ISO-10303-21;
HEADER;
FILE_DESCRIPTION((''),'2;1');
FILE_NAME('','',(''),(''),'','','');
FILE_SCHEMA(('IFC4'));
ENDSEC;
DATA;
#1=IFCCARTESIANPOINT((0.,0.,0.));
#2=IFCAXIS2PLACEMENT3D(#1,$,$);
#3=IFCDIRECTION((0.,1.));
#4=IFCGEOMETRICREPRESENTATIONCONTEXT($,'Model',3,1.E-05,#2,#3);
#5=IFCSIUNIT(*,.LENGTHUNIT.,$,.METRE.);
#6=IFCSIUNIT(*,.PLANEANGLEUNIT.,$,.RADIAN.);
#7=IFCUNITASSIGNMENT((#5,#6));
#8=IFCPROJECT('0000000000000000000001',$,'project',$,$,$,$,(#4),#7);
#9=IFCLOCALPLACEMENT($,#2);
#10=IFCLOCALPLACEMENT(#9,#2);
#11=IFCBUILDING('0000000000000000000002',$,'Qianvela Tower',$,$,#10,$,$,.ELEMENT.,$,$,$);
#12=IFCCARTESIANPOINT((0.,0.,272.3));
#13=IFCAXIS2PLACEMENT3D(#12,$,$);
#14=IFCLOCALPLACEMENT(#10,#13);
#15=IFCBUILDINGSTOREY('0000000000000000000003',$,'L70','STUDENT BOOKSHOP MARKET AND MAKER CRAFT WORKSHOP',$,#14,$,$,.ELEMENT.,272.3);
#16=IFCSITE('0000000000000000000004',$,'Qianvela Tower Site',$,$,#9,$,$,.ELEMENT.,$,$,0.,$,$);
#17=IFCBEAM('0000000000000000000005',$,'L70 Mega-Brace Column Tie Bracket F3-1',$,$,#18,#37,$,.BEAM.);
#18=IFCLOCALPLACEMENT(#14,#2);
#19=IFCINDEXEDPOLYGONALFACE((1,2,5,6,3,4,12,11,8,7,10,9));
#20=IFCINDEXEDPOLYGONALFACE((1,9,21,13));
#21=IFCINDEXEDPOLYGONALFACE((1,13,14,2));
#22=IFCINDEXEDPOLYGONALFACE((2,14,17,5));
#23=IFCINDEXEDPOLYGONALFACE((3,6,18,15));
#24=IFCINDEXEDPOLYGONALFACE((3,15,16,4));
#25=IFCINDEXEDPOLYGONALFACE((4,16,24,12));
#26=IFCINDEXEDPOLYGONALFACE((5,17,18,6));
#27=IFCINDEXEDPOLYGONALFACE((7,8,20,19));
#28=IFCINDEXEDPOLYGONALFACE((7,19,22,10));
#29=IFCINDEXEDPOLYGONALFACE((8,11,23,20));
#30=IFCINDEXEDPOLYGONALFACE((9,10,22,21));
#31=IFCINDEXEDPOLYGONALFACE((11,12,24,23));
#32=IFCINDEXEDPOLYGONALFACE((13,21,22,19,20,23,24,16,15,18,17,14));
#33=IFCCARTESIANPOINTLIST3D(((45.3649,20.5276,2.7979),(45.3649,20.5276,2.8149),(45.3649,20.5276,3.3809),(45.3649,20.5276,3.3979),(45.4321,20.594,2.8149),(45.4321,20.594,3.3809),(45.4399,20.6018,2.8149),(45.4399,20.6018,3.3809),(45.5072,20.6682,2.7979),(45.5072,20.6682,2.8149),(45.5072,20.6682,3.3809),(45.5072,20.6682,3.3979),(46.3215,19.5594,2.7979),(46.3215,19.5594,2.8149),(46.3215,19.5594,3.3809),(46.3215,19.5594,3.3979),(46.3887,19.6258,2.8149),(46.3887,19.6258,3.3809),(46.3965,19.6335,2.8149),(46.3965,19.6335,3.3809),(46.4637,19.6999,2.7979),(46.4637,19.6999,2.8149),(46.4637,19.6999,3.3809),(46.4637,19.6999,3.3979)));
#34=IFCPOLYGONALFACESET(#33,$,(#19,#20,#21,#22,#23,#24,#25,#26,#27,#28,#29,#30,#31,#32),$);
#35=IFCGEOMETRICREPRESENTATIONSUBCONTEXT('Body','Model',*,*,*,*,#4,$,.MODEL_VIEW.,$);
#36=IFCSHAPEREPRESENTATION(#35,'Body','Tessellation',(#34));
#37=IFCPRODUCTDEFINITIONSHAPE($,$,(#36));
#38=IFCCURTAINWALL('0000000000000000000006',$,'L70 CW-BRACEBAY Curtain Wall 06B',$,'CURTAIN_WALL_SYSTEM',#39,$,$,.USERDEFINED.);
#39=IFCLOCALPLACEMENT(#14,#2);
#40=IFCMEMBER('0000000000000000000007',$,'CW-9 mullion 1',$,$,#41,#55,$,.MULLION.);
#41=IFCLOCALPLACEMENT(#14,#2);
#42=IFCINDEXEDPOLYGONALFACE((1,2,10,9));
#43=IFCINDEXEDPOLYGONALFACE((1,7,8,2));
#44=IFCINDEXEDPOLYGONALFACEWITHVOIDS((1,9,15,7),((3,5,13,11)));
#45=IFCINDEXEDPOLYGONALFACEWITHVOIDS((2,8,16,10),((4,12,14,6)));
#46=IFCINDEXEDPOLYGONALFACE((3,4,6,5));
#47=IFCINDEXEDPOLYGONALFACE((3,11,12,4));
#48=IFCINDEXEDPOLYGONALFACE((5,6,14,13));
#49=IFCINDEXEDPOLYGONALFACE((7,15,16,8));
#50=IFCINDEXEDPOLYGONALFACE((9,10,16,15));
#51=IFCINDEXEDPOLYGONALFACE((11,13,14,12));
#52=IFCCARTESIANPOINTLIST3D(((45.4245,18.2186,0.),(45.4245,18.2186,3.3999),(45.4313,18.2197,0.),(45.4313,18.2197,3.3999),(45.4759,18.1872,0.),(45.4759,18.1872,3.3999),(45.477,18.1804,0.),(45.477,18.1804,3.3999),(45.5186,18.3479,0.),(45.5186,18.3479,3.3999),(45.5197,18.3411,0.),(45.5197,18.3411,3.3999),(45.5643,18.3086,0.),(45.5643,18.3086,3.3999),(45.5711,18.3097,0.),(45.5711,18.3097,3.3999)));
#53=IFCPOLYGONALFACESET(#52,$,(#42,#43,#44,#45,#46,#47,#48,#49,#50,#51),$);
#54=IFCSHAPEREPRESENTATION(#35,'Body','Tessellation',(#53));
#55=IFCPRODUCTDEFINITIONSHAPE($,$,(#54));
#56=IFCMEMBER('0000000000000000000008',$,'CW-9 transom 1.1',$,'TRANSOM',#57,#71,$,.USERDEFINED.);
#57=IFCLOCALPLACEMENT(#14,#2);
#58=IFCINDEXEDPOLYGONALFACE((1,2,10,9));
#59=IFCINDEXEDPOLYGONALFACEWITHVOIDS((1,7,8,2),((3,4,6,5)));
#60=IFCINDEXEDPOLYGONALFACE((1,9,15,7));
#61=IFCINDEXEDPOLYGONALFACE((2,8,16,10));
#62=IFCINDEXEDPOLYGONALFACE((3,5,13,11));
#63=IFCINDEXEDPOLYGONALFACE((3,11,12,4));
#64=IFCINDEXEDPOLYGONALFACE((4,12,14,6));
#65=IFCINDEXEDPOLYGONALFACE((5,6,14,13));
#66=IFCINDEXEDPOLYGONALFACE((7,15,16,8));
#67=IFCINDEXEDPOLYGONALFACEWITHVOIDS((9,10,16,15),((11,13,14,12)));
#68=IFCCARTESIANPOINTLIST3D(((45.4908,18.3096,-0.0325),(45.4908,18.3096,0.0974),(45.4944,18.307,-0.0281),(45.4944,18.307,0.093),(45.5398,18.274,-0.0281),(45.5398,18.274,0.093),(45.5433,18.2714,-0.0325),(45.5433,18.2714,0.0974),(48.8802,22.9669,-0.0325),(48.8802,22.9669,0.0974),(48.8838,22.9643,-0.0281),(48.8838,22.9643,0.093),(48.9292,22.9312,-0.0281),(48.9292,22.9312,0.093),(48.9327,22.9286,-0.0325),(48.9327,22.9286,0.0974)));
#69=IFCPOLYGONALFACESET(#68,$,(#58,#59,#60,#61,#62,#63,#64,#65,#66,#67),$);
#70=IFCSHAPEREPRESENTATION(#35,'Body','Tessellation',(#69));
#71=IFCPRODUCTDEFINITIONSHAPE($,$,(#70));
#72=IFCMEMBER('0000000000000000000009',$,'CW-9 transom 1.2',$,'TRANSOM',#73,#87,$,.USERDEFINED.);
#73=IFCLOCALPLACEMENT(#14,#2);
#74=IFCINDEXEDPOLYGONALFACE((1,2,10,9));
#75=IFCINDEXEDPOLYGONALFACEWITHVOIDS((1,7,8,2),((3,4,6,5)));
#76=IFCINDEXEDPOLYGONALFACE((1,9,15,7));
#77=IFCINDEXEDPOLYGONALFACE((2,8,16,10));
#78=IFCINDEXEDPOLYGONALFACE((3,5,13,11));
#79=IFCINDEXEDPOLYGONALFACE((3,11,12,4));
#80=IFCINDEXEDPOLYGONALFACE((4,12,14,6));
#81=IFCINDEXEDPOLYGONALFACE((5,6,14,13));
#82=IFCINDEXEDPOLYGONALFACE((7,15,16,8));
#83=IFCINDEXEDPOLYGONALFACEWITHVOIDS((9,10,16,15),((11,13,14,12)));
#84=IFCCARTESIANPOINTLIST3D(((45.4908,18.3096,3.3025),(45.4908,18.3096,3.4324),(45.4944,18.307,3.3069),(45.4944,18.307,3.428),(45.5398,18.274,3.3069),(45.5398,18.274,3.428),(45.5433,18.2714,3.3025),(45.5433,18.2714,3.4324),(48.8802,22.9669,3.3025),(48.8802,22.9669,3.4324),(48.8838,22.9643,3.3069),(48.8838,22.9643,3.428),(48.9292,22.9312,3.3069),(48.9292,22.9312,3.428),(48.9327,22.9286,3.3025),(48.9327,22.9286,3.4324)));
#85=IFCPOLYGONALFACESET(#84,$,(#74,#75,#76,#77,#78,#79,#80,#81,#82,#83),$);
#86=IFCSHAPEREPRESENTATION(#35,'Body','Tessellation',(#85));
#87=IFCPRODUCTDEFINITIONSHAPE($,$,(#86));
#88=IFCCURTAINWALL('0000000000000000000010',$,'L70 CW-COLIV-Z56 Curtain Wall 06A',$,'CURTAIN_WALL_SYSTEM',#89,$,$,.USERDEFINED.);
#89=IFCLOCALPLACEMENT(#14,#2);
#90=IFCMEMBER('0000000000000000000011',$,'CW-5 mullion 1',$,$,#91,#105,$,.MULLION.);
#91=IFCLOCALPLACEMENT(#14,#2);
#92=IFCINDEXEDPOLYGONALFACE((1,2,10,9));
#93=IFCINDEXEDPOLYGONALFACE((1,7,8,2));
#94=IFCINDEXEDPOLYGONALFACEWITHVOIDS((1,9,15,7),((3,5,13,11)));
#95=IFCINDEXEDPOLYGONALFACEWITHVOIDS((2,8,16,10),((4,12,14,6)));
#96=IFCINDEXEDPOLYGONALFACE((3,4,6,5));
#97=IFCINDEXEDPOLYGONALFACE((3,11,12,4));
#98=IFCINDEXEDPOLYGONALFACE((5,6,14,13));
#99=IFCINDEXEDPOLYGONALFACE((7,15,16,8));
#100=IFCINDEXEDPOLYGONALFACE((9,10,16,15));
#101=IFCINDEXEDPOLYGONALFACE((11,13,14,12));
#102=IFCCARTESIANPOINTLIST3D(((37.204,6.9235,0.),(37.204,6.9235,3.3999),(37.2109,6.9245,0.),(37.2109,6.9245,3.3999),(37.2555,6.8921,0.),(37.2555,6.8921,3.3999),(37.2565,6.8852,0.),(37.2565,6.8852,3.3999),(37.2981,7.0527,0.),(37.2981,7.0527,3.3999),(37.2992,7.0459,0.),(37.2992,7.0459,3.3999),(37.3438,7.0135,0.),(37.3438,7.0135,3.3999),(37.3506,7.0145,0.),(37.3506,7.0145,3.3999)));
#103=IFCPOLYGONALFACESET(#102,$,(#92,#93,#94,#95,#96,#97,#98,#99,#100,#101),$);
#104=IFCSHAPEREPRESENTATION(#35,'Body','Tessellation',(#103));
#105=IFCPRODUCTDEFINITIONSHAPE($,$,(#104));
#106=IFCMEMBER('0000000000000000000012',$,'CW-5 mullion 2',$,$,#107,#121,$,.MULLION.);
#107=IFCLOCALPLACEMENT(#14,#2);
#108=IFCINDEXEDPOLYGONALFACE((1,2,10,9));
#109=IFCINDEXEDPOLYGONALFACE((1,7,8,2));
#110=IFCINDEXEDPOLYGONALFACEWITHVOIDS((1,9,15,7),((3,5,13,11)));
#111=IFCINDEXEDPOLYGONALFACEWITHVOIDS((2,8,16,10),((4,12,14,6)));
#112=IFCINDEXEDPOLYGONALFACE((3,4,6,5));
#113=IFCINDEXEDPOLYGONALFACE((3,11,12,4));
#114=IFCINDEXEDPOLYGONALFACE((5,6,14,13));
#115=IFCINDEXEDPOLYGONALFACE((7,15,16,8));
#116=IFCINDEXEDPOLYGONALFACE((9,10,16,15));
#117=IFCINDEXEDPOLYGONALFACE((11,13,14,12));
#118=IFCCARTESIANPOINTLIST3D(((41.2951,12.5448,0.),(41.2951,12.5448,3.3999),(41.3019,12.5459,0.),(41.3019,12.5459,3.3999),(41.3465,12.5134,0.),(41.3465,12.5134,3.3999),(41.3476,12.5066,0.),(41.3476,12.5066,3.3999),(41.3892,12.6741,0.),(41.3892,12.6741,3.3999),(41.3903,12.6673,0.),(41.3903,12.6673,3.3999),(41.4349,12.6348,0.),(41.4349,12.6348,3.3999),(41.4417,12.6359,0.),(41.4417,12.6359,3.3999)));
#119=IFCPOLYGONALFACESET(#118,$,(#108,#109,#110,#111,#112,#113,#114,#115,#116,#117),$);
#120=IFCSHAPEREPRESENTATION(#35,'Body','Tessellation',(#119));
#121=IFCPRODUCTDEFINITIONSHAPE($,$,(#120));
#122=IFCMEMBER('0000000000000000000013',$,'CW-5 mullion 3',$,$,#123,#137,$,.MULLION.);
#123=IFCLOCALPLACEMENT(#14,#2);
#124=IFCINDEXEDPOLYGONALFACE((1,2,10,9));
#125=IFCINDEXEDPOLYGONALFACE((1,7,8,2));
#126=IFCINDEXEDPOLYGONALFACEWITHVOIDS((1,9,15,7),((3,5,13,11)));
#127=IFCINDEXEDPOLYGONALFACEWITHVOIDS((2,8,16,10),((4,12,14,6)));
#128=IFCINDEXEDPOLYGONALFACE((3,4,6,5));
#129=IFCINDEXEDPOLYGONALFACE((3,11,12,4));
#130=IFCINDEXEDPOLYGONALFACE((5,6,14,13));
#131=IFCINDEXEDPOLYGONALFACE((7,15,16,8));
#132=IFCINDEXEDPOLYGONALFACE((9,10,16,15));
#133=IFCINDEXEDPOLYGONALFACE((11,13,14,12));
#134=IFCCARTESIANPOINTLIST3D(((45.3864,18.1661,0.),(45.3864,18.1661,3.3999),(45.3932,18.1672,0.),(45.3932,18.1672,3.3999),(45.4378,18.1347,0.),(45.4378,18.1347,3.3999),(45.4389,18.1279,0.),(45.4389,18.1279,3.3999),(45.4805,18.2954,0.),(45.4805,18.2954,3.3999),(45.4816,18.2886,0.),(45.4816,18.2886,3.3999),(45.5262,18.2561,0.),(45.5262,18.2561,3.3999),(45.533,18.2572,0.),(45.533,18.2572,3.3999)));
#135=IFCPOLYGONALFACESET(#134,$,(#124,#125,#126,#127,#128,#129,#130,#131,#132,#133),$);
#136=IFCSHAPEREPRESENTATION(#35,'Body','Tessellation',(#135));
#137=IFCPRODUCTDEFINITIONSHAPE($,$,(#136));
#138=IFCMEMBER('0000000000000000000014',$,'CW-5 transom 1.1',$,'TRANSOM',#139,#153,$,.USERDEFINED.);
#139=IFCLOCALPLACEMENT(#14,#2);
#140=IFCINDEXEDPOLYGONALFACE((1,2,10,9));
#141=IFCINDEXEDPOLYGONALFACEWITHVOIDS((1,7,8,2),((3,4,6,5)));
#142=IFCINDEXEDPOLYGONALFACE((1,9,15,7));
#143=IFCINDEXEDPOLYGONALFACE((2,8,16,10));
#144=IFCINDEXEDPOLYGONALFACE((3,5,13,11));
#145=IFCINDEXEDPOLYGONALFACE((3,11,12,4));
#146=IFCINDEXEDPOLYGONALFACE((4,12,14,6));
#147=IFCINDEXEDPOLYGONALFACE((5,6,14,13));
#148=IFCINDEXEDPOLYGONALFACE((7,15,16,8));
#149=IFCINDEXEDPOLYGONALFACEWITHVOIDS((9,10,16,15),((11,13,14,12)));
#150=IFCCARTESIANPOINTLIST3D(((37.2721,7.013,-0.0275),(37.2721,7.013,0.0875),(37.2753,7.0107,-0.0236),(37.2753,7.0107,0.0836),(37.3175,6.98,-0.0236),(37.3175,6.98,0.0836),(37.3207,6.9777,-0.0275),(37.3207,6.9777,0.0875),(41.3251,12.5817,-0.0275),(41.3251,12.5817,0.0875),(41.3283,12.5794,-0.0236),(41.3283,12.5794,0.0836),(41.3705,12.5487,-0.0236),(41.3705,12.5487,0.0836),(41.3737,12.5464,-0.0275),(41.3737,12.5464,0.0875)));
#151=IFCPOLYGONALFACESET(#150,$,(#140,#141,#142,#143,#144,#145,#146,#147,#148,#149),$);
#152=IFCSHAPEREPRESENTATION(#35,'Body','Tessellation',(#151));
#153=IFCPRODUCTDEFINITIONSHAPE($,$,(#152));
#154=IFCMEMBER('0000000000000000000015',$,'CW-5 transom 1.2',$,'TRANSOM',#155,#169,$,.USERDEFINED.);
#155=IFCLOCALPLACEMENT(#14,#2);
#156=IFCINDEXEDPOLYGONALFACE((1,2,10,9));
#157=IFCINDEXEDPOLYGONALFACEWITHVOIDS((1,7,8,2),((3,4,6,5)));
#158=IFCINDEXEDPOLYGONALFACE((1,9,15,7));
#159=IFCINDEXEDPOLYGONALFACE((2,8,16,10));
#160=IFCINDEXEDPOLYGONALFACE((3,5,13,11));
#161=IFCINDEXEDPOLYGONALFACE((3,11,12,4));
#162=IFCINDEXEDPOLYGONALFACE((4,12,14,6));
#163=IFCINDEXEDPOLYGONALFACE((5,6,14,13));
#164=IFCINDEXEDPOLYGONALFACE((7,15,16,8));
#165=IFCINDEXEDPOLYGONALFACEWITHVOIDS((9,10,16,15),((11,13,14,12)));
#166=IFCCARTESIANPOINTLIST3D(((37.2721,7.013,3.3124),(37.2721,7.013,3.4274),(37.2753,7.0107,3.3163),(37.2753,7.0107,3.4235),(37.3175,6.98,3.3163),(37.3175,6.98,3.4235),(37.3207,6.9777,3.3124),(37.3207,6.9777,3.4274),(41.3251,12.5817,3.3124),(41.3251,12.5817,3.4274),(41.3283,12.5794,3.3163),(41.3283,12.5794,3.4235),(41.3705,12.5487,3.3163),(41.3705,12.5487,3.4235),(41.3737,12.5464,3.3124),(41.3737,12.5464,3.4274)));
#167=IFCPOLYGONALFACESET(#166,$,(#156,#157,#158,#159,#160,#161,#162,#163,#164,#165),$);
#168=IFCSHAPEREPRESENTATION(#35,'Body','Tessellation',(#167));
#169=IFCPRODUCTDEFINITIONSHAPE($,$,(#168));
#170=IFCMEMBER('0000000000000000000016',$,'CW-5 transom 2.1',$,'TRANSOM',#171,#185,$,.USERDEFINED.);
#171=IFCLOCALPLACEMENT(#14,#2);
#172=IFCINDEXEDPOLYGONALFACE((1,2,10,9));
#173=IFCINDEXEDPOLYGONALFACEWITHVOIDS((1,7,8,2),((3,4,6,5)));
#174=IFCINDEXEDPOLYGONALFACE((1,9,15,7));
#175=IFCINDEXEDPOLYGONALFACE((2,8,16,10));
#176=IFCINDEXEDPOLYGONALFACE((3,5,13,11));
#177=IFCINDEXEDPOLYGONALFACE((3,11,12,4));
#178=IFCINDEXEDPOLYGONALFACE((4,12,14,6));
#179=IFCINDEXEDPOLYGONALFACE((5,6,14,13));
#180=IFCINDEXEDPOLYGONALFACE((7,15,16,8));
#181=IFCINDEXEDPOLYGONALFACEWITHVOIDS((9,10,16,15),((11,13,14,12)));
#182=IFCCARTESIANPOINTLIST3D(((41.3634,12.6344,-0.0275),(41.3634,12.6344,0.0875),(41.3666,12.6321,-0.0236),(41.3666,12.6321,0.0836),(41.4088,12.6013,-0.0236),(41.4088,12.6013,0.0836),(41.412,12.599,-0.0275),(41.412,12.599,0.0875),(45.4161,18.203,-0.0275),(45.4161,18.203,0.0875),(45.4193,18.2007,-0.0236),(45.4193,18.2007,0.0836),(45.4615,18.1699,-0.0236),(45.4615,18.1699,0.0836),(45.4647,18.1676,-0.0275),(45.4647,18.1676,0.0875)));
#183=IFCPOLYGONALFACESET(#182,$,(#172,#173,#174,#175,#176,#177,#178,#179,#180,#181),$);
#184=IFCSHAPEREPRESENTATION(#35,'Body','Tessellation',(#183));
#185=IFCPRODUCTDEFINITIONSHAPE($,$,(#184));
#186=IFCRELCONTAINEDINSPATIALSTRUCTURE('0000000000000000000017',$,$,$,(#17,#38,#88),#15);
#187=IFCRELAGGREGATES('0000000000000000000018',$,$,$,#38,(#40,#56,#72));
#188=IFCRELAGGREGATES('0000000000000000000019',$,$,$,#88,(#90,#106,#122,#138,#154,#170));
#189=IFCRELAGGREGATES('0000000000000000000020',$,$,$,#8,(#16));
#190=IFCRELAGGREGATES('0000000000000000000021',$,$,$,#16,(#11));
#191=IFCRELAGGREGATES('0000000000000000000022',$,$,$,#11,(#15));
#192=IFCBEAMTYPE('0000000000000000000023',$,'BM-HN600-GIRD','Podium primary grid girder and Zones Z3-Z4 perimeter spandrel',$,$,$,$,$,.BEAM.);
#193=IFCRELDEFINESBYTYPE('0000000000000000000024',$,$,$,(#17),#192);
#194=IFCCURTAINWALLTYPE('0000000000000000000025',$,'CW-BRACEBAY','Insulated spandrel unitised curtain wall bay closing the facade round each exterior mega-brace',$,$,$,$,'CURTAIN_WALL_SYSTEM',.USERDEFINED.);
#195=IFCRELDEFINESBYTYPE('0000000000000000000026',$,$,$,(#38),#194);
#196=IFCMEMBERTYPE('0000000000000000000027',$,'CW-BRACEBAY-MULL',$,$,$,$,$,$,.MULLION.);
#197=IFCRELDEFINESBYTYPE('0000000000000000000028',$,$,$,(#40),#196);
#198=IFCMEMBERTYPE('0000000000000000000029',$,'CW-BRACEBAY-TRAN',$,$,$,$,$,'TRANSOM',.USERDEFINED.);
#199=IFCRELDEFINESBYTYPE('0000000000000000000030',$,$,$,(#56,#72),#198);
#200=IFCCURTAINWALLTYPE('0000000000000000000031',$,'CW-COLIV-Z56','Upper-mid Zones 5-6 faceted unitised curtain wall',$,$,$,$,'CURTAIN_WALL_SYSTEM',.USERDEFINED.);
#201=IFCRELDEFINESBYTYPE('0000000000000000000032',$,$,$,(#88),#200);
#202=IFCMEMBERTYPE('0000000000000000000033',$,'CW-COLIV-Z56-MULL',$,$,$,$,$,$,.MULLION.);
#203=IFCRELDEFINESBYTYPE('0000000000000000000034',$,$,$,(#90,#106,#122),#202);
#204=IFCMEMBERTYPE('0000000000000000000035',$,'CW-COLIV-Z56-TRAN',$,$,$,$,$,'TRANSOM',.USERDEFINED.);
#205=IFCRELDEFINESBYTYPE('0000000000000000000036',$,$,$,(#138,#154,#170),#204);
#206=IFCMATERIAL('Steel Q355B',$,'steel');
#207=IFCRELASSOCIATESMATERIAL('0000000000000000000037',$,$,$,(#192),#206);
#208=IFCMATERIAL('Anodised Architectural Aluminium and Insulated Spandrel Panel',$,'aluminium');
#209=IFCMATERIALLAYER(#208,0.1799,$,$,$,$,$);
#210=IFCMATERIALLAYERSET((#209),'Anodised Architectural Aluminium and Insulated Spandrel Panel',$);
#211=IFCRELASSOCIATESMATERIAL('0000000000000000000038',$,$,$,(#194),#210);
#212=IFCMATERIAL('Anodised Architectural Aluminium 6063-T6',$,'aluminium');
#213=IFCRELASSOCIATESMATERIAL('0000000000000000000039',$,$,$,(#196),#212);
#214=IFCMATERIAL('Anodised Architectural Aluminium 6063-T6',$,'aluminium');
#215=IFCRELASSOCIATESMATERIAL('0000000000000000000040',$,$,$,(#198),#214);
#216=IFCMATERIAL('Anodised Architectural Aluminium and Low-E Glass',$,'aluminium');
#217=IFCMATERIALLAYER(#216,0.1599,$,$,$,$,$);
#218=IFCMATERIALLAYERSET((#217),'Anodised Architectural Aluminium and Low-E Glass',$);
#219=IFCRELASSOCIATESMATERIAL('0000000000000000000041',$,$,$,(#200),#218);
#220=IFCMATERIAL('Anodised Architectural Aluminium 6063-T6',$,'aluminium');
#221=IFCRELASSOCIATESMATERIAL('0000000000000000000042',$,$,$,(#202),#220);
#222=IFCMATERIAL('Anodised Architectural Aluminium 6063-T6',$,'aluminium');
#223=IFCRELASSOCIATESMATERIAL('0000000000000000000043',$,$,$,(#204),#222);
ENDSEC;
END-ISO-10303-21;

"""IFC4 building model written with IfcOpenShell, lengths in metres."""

from ifc_helpers import new_model, si_unit, direction, frame, origin, origin_2d, place, context, subcontext, project, spatial, hollow_rectangle, i_section, extrude, material, layer, layer_set, material_profile, profile_set, type_object, element, aggregate, save


model = new_model("IFC4")

# Units and contexts
model_context = context("Model", 3, precision=1e-05, world=origin(), true_north=direction((0.0, 1.0)))
body_context = subcontext(model_context, "Body", "Model", "MODEL_VIEW")
ifc_project = project(units=[si_unit("LENGTHUNIT", "METRE"), si_unit("PLANEANGLEUNIT", "RADIAN")], contexts=[model_context])

# Site, building, storey
site_placement = place(None, origin())
site = spatial("IfcSite", under=ifc_project, at=site_placement, Name="Qianvela Tower Site", CompositionType="ELEMENT", RefElevation=0.0)
building_placement = place(site_placement, origin())
building = spatial("IfcBuilding", under=site, at=building_placement, Name="Qianvela Tower", CompositionType="ELEMENT")
storey_placement = place(building_placement, frame((0.0, 0.0, 272.3)))
storey = spatial("IfcBuildingStorey", under=building, at=storey_placement, Name="L70", Description="STUDENT BOOKSHOP MARKET AND MAKER CRAFT WORKSHOP", CompositionType="ELEMENT", Elevation=272.3)

# Beam
ifc_material_1 = material(Name="Steel Q355B", Category="steel")
ifc_material_profile_1 = material_profile(ifc_material_1, i_section(OverallWidth=0.2, OverallDepth=0.6001, WebThickness=0.011, FlangeThickness=0.0171, at=origin_2d()), Name="HN600x200x11x17")
ifc_profile_set_1 = profile_set([ifc_material_profile_1], Name="Steel Q355B")
beam_type_1 = type_object("IfcBeamType", Name="BM-HN600-GIRD", Description="Podium primary grid girder and Zones Z3-Z4 perimeter spandrel", PredefinedType="BEAM", material=ifc_profile_set_1)
beam_1_placement = place(storey_placement, frame((45.436, 20.5979, 3.0979), z_axis=(0.702789, -0.711399, 0.0), x_axis=(0.711399, 0.702789, 0.0)))
element("IfcBeam", 1, at=beam_1_placement, inside=storey, type_object=beam_type_1, Name="L70 Mega-Brace Column Tie Bracket F3-1", PredefinedType="BEAM", context=body_context, shape_type="SweptSolid", body=[
    extrude(i_section(OverallWidth=0.2, OverallDepth=0.6001, WebThickness=0.011, FlangeThickness=0.0171, at=origin_2d()), origin(), (0.0, 0.0, 1.0), 1.3611),
])

# Curtain walls, members
ifc_material_2 = material(Name="Anodised Architectural Aluminium and Insulated Spandrel Panel", Category="aluminium")
ifc_layer_1 = layer(ifc_material_2, 0.1799)
ifc_layer_set_1 = layer_set([ifc_layer_1], Name="Anodised Architectural Aluminium and Insulated Spandrel Panel")
curtain_wall_type_1 = type_object("IfcCurtainWallType", Name="CW-BRACEBAY", Description="Insulated spandrel unitised curtain wall bay closing the facade round each exterior mega-brace", ElementType="CURTAIN_WALL_SYSTEM", PredefinedType="USERDEFINED", material=ifc_layer_set_1)
curtain_wall_1_placement = place(storey_placement, origin())
curtain_wall_1 = element("IfcCurtainWall", 2, at=curtain_wall_1_placement, inside=storey, type_object=curtain_wall_type_1, Name="L70 CW-BRACEBAY Curtain Wall 06B", ObjectType="CURTAIN_WALL_SYSTEM", PredefinedType="USERDEFINED")
ifc_material_3 = material(Name="Anodised Architectural Aluminium 6063-T6", Category="aluminium")
ifc_material_profile_2 = material_profile(ifc_material_3, hollow_rectangle(XDim=0.0649, YDim=0.1599, WallThickness=0.0049, at=origin_2d()), Name="ALU-MULL-65x160")
ifc_profile_set_2 = profile_set([ifc_material_profile_2], Name="Anodised Architectural Aluminium 6063-T6")
member_type_1 = type_object("IfcMemberType", Name="CW-BRACEBAY-MULL", PredefinedType="MULLION", material=ifc_profile_set_2)
member_1_placement = place(storey_placement, frame((45.4978, 18.2642, 0.0), z_axis=(0.0, 0.0, 1.0), x_axis=(-0.808541, 0.588439, 0.0)))
member_1 = element("IfcMember", 3, at=member_1_placement, type_object=member_type_1, Name="CW-9 mullion 1", PredefinedType="MULLION", context=body_context, shape_type="SweptSolid", body=[
    extrude(hollow_rectangle(XDim=0.0649, YDim=0.1599, WallThickness=0.0049, at=origin_2d()), origin(), (0.0, 0.0, 1.0), 3.3999),
])
ifc_material_4 = material(Name="Anodised Architectural Aluminium 6063-T6", Category="aluminium")
ifc_material_profile_3 = material_profile(ifc_material_4, hollow_rectangle(XDim=0.0649, YDim=0.1299, WallThickness=0.0044, at=origin_2d()), Name="ALU-TRAN-65x130")
ifc_profile_set_3 = profile_set([ifc_material_profile_3], Name="Anodised Architectural Aluminium 6063-T6")
member_type_2 = type_object("IfcMemberType", Name="CW-BRACEBAY-TRAN", ElementType="TRANSOM", PredefinedType="USERDEFINED", material=ifc_profile_set_3)
member_2_placement = place(storey_placement, frame((45.5171, 18.2905, 0.0325), z_axis=(0.588436, 0.808544, 0.0), x_axis=(-0.808544, 0.588436, 0.0)))
member_2 = element("IfcMember", 4, at=member_2_placement, type_object=member_type_2, Name="CW-9 transom 1.1", ObjectType="TRANSOM", PredefinedType="USERDEFINED", context=body_context, shape_type="SweptSolid", body=[
    extrude(hollow_rectangle(XDim=0.0649, YDim=0.1299, WallThickness=0.0044, at=origin_2d()), origin(), (0.0, 0.0, 1.0), 5.76),
])
member_3_placement = place(storey_placement, frame((45.5171, 18.2905, 3.3674), z_axis=(0.588436, 0.808544, 0.0), x_axis=(-0.808544, 0.588436, 0.0)))
member_3 = element("IfcMember", 5, at=member_3_placement, type_object=member_type_2, Name="CW-9 transom 1.2", ObjectType="TRANSOM", PredefinedType="USERDEFINED", context=body_context, shape_type="SweptSolid", body=[
    extrude(hollow_rectangle(XDim=0.0649, YDim=0.1299, WallThickness=0.0044, at=origin_2d()), origin(), (0.0, 0.0, 1.0), 5.76),
])
aggregate(curtain_wall_1, [member_1, member_2, member_3])
ifc_material_5 = material(Name="Anodised Architectural Aluminium and Low-E Glass", Category="aluminium")
ifc_layer_2 = layer(ifc_material_5, 0.1599)
ifc_layer_set_2 = layer_set([ifc_layer_2], Name="Anodised Architectural Aluminium and Low-E Glass")
curtain_wall_type_2 = type_object("IfcCurtainWallType", Name="CW-COLIV-Z56", Description="Upper-mid Zones 5-6 faceted unitised curtain wall", ElementType="CURTAIN_WALL_SYSTEM", PredefinedType="USERDEFINED", material=ifc_layer_set_2)
curtain_wall_2_placement = place(storey_placement, origin())
curtain_wall_2 = element("IfcCurtainWall", 6, at=curtain_wall_2_placement, inside=storey, type_object=curtain_wall_type_2, Name="L70 CW-COLIV-Z56 Curtain Wall 06A", ObjectType="CURTAIN_WALL_SYSTEM", PredefinedType="USERDEFINED")
ifc_material_6 = material(Name="Anodised Architectural Aluminium 6063-T6", Category="aluminium")
ifc_material_profile_4 = material_profile(ifc_material_6, hollow_rectangle(XDim=0.0649, YDim=0.1599, WallThickness=0.0049, at=origin_2d()), Name="ALU-MULL-65x160")
ifc_profile_set_4 = profile_set([ifc_material_profile_4], Name="Anodised Architectural Aluminium 6063-T6")
member_type_3 = type_object("IfcMemberType", Name="CW-COLIV-Z56-MULL", PredefinedType="MULLION", material=ifc_profile_set_4)
member_4_placement = place(storey_placement, frame((37.2773, 6.969, 0.0), z_axis=(0.0, 0.0, 1.0), x_axis=(-0.808531, 0.588453, 0.0)))
member_4 = element("IfcMember", 7, at=member_4_placement, type_object=member_type_3, Name="CW-5 mullion 1", PredefinedType="MULLION", context=body_context, shape_type="SweptSolid", body=[
    extrude(hollow_rectangle(XDim=0.0649, YDim=0.1599, WallThickness=0.0049, at=origin_2d()), origin(), (0.0, 0.0, 1.0), 3.3999),
])
member_5_placement = place(storey_placement, frame((41.3684, 12.5903, 0.0), z_axis=(0.0, 0.0, 1.0), x_axis=(-0.808531, 0.588453, 0.0)))
member_5 = element("IfcMember", 8, at=member_5_placement, type_object=member_type_3, Name="CW-5 mullion 2", PredefinedType="MULLION", context=body_context, shape_type="SweptSolid", body=[
    extrude(hollow_rectangle(XDim=0.0649, YDim=0.1599, WallThickness=0.0049, at=origin_2d()), origin(), (0.0, 0.0, 1.0), 3.3999),
])
member_6_placement = place(storey_placement, frame((45.4597, 18.2117, 0.0), z_axis=(0.0, 0.0, 1.0), x_axis=(-0.808531, 0.588453, 0.0)))
member_6 = element("IfcMember", 9, at=member_6_placement, type_object=member_type_3, Name="CW-5 mullion 3", PredefinedType="MULLION", context=body_context, shape_type="SweptSolid", body=[
    extrude(hollow_rectangle(XDim=0.0649, YDim=0.1599, WallThickness=0.0049, at=origin_2d()), origin(), (0.0, 0.0, 1.0), 3.3999),
])
ifc_material_7 = material(Name="Anodised Architectural Aluminium 6063-T6", Category="aluminium")
ifc_material_profile_5 = material_profile(ifc_material_7, hollow_rectangle(XDim=0.0601, YDim=0.115, WallThickness=0.0039, at=origin_2d()), Name="ALU-TRAN-60x115")
ifc_profile_set_5 = profile_set([ifc_material_profile_5], Name="Anodised Architectural Aluminium 6063-T6")
member_type_4 = type_object("IfcMemberType", Name="CW-COLIV-Z56-TRAN", ElementType="TRANSOM", PredefinedType="USERDEFINED", material=ifc_profile_set_5)
member_7_placement = place(storey_placement, frame((37.2964, 6.9954, 0.03), z_axis=(0.588465, 0.808523, 0.0), x_axis=(-0.808523, 0.588465, 0.0)))
member_7 = element("IfcMember", 10, at=member_7_placement, type_object=member_type_4, Name="CW-5 transom 1.1", ObjectType="TRANSOM", PredefinedType="USERDEFINED", context=body_context, shape_type="SweptSolid", body=[
    extrude(hollow_rectangle(XDim=0.0601, YDim=0.115, WallThickness=0.0039, at=origin_2d()), origin(), (0.0, 0.0, 1.0), 6.8875),
])
member_8_placement = place(storey_placement, frame((37.2964, 6.9954, 3.3699), z_axis=(0.588465, 0.808523, 0.0), x_axis=(-0.808523, 0.588465, 0.0)))
member_8 = element("IfcMember", 11, at=member_8_placement, type_object=member_type_4, Name="CW-5 transom 1.2", ObjectType="TRANSOM", PredefinedType="USERDEFINED", context=body_context, shape_type="SweptSolid", body=[
    extrude(hollow_rectangle(XDim=0.0601, YDim=0.115, WallThickness=0.0039, at=origin_2d()), origin(), (0.0, 0.0, 1.0), 6.8875),
])
member_9_placement = place(storey_placement, frame((41.3877, 12.6167, 0.03), z_axis=(0.588441, 0.80854, 0.0), x_axis=(-0.80854, 0.588441, 0.0)))
member_9 = element("IfcMember", 12, at=member_9_placement, type_object=member_type_4, Name="CW-5 transom 2.1", ObjectType="TRANSOM", PredefinedType="USERDEFINED", context=body_context, shape_type="SweptSolid", body=[
    extrude(hollow_rectangle(XDim=0.0601, YDim=0.115, WallThickness=0.0039, at=origin_2d()), origin(), (0.0, 0.0, 1.0), 6.8872),
])

aggregate(curtain_wall_2, [member_4, member_5, member_6, member_7, member_8, member_9])

save(model, "model.ifc")
